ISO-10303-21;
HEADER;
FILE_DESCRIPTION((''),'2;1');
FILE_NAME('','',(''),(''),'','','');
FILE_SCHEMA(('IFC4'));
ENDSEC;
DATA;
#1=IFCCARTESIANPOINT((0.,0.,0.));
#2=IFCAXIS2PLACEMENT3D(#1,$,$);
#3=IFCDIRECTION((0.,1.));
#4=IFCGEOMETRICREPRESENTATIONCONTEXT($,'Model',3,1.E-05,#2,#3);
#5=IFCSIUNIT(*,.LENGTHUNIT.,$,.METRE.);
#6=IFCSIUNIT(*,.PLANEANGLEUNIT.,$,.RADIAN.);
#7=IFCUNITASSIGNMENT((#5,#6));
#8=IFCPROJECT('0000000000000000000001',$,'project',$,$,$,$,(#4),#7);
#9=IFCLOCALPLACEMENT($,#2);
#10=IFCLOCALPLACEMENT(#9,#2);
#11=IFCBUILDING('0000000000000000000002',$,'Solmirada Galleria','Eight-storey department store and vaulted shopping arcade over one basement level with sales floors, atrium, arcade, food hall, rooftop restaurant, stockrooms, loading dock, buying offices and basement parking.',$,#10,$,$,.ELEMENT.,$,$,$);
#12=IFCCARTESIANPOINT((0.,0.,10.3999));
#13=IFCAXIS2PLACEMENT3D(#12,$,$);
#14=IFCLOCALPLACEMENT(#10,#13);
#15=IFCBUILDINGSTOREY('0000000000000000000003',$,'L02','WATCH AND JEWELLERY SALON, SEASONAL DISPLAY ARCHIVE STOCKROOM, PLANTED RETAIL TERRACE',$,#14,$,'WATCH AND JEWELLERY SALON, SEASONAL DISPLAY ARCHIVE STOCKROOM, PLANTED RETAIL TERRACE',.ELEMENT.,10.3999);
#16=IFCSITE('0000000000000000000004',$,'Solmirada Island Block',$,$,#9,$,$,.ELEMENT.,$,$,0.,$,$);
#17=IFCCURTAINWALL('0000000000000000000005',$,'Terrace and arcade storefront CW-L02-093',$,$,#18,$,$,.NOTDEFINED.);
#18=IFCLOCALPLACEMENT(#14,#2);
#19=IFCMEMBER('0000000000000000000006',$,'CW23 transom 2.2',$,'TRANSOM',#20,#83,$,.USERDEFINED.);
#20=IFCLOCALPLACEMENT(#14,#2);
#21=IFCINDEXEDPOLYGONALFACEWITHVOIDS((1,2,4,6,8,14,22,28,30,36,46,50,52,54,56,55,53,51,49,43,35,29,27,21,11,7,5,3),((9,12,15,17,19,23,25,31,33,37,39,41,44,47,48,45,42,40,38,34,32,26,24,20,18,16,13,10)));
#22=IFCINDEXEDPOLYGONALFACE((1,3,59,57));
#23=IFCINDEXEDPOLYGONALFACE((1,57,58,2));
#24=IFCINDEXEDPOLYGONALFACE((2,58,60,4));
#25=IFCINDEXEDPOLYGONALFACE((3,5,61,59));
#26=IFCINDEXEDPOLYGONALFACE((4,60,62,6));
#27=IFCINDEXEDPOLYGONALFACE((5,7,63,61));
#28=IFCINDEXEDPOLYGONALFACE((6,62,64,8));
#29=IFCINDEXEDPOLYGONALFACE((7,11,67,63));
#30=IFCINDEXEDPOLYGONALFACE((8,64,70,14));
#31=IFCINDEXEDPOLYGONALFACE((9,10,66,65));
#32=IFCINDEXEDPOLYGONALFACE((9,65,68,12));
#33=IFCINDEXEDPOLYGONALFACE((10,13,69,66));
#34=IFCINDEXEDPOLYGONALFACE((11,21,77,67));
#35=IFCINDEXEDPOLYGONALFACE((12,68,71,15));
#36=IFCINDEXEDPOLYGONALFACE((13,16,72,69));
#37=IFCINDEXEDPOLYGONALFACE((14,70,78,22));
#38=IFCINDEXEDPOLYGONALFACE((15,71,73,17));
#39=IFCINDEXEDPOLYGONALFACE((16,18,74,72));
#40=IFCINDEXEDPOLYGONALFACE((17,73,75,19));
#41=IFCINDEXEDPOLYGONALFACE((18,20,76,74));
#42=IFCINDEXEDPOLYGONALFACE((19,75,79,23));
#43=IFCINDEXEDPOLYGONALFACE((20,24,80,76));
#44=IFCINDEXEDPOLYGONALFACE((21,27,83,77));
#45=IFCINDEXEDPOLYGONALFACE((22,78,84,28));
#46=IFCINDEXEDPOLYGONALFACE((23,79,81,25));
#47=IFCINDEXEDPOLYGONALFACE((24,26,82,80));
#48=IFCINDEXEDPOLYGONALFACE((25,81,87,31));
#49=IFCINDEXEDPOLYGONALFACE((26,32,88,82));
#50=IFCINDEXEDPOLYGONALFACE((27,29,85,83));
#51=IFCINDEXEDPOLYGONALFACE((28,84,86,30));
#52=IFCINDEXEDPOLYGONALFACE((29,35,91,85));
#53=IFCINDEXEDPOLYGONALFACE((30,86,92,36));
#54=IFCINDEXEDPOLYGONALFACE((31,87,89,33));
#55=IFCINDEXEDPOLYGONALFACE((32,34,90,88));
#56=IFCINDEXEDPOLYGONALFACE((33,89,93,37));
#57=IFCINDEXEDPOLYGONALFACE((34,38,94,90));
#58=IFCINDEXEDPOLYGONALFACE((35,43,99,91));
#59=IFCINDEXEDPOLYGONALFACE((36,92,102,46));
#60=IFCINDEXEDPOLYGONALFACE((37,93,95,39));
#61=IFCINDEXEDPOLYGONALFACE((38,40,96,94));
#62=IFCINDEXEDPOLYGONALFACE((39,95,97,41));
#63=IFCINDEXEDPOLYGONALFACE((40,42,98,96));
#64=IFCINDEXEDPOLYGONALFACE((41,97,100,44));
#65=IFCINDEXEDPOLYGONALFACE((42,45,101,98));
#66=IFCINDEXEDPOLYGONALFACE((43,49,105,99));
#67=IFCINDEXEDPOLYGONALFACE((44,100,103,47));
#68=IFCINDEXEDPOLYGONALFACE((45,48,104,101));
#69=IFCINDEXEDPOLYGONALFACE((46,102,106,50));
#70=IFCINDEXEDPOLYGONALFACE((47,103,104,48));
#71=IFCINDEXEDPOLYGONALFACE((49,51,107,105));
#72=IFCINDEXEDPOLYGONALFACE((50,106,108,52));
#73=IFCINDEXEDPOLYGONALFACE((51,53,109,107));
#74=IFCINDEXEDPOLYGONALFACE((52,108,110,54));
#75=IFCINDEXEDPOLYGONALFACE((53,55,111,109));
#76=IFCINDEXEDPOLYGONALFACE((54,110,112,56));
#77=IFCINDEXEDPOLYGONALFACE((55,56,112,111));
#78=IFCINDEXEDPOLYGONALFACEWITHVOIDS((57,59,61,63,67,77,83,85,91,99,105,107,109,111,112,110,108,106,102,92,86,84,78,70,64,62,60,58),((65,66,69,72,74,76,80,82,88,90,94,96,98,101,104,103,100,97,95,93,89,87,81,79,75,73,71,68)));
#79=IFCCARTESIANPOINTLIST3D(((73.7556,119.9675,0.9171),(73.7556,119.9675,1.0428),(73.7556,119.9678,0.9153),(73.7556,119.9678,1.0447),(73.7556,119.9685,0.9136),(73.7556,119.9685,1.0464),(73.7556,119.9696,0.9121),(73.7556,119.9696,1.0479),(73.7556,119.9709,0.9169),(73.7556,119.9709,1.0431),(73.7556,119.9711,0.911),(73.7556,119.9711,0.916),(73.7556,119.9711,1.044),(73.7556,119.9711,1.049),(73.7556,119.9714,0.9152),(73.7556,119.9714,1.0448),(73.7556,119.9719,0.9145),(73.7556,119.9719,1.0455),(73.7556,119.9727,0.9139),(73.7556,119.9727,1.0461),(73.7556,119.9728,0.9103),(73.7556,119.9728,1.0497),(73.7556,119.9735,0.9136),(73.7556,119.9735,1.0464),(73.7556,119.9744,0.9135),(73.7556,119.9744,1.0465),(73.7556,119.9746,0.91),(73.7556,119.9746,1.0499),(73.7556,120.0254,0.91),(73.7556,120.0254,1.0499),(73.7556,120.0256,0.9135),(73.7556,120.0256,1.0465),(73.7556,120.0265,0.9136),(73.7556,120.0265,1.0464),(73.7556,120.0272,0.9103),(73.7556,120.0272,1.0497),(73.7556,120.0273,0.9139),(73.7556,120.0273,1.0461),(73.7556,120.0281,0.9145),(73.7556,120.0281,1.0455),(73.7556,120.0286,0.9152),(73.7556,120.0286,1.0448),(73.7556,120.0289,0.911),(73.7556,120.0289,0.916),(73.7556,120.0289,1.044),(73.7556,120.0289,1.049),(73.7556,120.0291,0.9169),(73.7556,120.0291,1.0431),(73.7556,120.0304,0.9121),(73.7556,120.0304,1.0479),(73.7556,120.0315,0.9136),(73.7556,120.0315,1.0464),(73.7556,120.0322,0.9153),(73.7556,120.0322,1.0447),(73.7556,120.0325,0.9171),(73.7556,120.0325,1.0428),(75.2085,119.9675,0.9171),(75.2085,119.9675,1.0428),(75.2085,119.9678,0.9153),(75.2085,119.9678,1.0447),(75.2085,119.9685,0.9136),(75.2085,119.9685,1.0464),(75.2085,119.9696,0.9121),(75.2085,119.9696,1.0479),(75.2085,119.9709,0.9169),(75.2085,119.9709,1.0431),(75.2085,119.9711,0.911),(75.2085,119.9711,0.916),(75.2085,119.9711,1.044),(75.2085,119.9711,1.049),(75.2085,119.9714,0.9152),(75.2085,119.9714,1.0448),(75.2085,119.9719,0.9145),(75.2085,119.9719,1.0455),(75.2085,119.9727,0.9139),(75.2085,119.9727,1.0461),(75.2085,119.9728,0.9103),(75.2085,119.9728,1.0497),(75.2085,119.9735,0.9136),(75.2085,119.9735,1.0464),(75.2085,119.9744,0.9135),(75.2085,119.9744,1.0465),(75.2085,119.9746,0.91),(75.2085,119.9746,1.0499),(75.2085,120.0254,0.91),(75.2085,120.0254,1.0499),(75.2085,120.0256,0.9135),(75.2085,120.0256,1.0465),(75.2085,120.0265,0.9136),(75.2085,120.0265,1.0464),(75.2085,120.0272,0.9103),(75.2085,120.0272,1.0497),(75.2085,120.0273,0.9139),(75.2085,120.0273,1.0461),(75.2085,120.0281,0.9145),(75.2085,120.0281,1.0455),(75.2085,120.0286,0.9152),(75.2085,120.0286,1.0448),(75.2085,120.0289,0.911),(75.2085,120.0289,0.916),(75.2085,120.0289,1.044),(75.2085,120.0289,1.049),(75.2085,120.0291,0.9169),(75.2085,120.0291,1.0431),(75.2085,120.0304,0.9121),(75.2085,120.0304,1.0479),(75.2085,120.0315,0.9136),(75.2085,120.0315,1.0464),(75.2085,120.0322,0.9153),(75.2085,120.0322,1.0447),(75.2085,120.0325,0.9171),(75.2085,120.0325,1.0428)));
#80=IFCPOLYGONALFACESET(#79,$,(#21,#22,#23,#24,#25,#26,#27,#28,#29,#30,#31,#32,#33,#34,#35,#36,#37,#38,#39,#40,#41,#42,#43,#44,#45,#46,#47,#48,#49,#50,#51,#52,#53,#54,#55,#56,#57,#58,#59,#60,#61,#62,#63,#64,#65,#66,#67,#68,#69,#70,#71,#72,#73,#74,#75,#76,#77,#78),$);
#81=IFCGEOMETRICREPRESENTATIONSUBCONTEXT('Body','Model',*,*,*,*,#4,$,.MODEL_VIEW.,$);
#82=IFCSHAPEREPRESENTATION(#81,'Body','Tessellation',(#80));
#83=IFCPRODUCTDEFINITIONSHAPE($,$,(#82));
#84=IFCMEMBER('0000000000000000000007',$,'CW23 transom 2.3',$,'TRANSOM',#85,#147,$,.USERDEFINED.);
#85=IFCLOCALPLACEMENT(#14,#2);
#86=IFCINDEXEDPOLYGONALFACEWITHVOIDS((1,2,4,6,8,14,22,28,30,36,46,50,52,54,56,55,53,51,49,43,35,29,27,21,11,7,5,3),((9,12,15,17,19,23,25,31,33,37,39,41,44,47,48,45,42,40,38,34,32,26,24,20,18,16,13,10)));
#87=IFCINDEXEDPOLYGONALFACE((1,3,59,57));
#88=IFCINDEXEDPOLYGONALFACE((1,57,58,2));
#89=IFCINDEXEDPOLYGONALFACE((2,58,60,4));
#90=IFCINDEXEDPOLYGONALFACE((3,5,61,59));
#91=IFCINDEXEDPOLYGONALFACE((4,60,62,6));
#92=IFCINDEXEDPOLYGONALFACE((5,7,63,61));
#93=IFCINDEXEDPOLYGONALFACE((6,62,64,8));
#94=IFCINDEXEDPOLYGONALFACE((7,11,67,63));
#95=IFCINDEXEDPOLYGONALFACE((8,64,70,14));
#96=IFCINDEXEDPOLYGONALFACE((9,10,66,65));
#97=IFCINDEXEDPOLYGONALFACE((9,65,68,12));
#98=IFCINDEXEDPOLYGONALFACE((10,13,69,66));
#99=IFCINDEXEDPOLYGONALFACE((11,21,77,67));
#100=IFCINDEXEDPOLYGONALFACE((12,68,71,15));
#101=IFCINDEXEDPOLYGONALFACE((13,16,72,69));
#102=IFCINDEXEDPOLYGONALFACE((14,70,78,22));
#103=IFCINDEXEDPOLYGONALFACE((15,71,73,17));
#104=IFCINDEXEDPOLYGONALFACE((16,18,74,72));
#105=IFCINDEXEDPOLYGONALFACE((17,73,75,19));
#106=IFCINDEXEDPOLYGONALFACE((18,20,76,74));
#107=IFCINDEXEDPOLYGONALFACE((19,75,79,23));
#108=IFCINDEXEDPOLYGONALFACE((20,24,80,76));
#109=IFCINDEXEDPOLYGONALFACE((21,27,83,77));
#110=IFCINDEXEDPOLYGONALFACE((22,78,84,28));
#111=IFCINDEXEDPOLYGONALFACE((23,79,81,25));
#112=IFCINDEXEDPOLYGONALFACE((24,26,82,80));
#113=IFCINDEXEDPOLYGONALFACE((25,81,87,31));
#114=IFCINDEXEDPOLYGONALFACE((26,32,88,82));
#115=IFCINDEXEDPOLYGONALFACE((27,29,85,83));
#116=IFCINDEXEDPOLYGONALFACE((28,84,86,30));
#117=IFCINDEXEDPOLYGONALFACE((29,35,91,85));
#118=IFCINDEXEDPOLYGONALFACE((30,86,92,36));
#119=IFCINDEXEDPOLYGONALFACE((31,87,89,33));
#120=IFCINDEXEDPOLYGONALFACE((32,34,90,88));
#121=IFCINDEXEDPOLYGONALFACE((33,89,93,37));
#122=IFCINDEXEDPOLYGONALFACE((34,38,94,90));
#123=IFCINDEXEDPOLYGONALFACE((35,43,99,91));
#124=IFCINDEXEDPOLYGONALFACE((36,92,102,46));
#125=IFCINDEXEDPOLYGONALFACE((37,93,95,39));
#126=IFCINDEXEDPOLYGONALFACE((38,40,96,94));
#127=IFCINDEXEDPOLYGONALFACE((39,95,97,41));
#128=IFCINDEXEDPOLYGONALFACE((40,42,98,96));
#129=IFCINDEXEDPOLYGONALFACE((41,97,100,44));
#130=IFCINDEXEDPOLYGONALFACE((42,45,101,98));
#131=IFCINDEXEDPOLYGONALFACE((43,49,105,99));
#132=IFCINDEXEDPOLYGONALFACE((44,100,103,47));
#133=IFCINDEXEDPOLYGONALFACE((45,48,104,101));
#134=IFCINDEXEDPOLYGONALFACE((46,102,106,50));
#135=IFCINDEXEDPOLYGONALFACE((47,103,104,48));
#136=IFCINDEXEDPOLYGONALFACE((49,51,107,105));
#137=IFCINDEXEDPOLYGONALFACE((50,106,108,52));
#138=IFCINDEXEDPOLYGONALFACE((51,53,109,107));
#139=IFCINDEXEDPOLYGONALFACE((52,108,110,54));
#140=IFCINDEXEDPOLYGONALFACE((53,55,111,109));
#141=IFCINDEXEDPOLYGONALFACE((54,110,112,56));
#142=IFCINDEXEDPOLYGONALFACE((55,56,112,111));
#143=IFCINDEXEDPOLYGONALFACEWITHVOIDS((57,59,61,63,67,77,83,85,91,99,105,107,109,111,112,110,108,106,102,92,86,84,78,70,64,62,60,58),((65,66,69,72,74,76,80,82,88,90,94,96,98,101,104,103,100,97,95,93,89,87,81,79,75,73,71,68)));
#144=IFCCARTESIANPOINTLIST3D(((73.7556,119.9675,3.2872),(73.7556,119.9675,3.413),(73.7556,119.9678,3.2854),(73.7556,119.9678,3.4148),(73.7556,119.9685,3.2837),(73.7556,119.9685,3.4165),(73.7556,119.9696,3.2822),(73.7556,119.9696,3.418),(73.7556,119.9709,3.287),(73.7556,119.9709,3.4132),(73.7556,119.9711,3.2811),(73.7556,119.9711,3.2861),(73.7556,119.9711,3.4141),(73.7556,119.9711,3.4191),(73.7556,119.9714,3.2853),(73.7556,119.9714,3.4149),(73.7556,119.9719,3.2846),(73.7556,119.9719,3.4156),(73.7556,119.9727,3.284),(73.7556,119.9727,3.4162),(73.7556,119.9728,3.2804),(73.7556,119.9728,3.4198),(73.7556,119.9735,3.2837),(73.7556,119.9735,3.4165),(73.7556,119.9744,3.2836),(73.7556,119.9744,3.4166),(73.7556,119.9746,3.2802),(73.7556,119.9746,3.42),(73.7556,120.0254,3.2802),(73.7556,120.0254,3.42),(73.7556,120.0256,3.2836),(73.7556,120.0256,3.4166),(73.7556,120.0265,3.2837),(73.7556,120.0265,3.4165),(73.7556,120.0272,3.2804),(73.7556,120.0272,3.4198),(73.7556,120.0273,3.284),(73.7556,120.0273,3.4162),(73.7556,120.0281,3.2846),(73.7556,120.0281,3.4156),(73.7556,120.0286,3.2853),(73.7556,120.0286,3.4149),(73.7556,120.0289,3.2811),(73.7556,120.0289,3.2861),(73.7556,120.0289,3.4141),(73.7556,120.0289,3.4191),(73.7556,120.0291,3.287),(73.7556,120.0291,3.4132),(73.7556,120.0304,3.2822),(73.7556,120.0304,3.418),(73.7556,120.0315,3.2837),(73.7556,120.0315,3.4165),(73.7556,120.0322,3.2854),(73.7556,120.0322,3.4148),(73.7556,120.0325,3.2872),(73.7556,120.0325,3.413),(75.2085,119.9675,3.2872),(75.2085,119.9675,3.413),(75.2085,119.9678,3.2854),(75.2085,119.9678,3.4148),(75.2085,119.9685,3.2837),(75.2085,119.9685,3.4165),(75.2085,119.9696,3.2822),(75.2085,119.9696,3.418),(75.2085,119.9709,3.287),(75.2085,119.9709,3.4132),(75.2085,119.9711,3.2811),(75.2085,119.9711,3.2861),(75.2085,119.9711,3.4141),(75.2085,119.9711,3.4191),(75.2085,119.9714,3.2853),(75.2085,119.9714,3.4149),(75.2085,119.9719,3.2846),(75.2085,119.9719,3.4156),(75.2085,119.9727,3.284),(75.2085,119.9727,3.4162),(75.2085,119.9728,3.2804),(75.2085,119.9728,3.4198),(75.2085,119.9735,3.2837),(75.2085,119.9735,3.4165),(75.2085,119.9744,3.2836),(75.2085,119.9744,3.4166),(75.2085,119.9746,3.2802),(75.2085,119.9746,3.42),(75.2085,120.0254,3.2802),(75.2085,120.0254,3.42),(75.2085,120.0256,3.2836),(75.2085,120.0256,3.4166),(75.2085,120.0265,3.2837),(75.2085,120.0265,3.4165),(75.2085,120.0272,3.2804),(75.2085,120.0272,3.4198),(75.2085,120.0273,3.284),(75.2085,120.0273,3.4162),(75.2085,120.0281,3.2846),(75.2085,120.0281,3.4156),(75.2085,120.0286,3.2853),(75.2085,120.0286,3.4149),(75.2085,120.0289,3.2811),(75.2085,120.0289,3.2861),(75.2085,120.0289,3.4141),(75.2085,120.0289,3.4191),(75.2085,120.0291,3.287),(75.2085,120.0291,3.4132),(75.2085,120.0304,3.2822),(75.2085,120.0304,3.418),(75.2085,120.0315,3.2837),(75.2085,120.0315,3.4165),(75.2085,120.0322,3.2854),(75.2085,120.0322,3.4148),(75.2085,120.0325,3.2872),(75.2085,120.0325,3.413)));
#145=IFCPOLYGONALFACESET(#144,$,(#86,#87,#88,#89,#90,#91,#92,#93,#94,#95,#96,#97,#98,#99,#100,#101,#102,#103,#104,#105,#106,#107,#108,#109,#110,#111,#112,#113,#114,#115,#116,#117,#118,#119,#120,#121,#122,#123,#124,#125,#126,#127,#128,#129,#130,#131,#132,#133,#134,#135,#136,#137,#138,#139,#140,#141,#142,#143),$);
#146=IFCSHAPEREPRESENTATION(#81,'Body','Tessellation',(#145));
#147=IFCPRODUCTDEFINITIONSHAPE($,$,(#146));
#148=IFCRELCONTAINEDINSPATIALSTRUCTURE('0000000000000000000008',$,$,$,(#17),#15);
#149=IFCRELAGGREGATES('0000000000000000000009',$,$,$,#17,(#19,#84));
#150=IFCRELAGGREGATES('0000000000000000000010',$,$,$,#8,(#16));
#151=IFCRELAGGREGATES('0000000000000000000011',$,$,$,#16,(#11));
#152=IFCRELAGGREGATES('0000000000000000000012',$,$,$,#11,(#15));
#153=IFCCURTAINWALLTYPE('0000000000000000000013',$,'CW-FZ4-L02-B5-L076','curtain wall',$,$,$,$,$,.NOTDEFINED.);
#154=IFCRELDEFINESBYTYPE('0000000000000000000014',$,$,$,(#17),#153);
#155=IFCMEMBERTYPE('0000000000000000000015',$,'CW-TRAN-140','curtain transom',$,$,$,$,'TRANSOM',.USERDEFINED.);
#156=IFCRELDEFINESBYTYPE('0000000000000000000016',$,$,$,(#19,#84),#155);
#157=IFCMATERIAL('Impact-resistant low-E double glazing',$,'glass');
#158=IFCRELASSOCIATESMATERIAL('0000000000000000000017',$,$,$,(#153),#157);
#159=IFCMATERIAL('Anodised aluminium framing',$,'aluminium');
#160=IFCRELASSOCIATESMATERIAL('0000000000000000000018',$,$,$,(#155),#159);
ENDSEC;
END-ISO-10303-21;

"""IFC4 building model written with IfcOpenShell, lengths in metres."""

from ifc_helpers import new_model, si_unit, direction, frame, origin, origin_2d, place, context, subcontext, project, spatial, hollow_rectangle, extrude, material, material_profile, profile_set, type_object, element, aggregate, save


model = new_model("IFC4")

# Units and contexts
model_context = context("Model", 3, precision=1e-05, world=origin(), true_north=direction((0.0, 1.0)))
body_context = subcontext(model_context, "Body", "Model", "MODEL_VIEW")
ifc_project = project(units=[si_unit("LENGTHUNIT", "METRE"), si_unit("PLANEANGLEUNIT", "RADIAN")], contexts=[model_context])

# Site, building, storey
site_placement = place(None, origin())
site = spatial("IfcSite", under=ifc_project, at=site_placement, Name="Solmirada Island Block", CompositionType="ELEMENT", RefElevation=0.0)
building_placement = place(site_placement, origin())
building = spatial("IfcBuilding", under=site, at=building_placement, Name="Solmirada Galleria", Description="Eight-storey department store and vaulted shopping arcade over one basement level with sales floors, atrium, arcade, food hall, rooftop restaurant, stockrooms, loading dock, buying offices and basement parking.", CompositionType="ELEMENT")
storey_placement = place(building_placement, frame((0.0, 0.0, 10.3999)))
storey = spatial("IfcBuildingStorey", under=building, at=storey_placement, Name="L02", Description="WATCH AND JEWELLERY SALON, SEASONAL DISPLAY ARCHIVE STOCKROOM, PLANTED RETAIL TERRACE", LongName="WATCH AND JEWELLERY SALON, SEASONAL DISPLAY ARCHIVE STOCKROOM, PLANTED RETAIL TERRACE", CompositionType="ELEMENT", Elevation=10.3999)

# Curtain wall, members
ifc_material_1 = material(Name="Impact-resistant low-E double glazing", Category="glass")
curtain_wall_type = type_object("IfcCurtainWallType", Name="CW-FZ4-L02-B5-L076", Description="curtain wall", PredefinedType="NOTDEFINED", material=ifc_material_1)
curtain_wall_placement = place(storey_placement, origin())
curtain_wall = element("IfcCurtainWall", 1, at=curtain_wall_placement, inside=storey, type_object=curtain_wall_type, Name="Terrace and arcade storefront CW-L02-093", PredefinedType="NOTDEFINED")
ifc_material_2 = material(Name="Anodised aluminium framing", Category="aluminium")
ifc_material_profile_1 = material_profile(ifc_material_2, hollow_rectangle(XDim=0.0649, YDim=0.1399, WallThickness=0.0034, InnerFilletRadius=0.0034, OuterFilletRadius=0.0071, at=origin_2d()), Name="ALU-TRAN-140X65")
ifc_profile_set_1 = profile_set([ifc_material_profile_1], Name="Anodised aluminium framing")
member_type_1 = type_object("IfcMemberType", Name="CW-TRAN-140", Description="curtain transom", ElementType="TRANSOM", PredefinedType="USERDEFINED", material=ifc_profile_set_1)
member_1_placement = place(storey_placement, frame((73.7556, 120.0, 0.98), z_axis=(1.0, 0.0, 0.0), x_axis=(0.0, 1.0, 0.0)))
member_1 = element("IfcMember", 2, at=member_1_placement, type_object=member_type_1, Name="CW23 transom 2.2", ObjectType="TRANSOM", PredefinedType="USERDEFINED", context=body_context, shape_type="SweptSolid", body=[
    extrude(hollow_rectangle(XDim=0.0649, YDim=0.1399, WallThickness=0.0034, InnerFilletRadius=0.0034, OuterFilletRadius=0.0071, at=origin_2d()), origin(), (0.0, 0.0, 1.0), 1.4529),
])
member_2_placement = place(storey_placement, frame((73.7556, 120.0, 3.3501), z_axis=(1.0, 0.0, 0.0), x_axis=(0.0, 1.0, 0.0)))
member_2 = element("IfcMember", 3, at=member_2_placement, type_object=member_type_1, Name="CW23 transom 2.3", ObjectType="TRANSOM", PredefinedType="USERDEFINED", context=body_context, shape_type="SweptSolid", body=[
    extrude(hollow_rectangle(XDim=0.0649, YDim=0.1399, WallThickness=0.0034, InnerFilletRadius=0.0034, OuterFilletRadius=0.0071, at=origin_2d()), origin(), (0.0, 0.0, 1.0), 1.4529),
])
aggregate(curtain_wall, [member_1, member_2])

save(model, "model.ifc")
